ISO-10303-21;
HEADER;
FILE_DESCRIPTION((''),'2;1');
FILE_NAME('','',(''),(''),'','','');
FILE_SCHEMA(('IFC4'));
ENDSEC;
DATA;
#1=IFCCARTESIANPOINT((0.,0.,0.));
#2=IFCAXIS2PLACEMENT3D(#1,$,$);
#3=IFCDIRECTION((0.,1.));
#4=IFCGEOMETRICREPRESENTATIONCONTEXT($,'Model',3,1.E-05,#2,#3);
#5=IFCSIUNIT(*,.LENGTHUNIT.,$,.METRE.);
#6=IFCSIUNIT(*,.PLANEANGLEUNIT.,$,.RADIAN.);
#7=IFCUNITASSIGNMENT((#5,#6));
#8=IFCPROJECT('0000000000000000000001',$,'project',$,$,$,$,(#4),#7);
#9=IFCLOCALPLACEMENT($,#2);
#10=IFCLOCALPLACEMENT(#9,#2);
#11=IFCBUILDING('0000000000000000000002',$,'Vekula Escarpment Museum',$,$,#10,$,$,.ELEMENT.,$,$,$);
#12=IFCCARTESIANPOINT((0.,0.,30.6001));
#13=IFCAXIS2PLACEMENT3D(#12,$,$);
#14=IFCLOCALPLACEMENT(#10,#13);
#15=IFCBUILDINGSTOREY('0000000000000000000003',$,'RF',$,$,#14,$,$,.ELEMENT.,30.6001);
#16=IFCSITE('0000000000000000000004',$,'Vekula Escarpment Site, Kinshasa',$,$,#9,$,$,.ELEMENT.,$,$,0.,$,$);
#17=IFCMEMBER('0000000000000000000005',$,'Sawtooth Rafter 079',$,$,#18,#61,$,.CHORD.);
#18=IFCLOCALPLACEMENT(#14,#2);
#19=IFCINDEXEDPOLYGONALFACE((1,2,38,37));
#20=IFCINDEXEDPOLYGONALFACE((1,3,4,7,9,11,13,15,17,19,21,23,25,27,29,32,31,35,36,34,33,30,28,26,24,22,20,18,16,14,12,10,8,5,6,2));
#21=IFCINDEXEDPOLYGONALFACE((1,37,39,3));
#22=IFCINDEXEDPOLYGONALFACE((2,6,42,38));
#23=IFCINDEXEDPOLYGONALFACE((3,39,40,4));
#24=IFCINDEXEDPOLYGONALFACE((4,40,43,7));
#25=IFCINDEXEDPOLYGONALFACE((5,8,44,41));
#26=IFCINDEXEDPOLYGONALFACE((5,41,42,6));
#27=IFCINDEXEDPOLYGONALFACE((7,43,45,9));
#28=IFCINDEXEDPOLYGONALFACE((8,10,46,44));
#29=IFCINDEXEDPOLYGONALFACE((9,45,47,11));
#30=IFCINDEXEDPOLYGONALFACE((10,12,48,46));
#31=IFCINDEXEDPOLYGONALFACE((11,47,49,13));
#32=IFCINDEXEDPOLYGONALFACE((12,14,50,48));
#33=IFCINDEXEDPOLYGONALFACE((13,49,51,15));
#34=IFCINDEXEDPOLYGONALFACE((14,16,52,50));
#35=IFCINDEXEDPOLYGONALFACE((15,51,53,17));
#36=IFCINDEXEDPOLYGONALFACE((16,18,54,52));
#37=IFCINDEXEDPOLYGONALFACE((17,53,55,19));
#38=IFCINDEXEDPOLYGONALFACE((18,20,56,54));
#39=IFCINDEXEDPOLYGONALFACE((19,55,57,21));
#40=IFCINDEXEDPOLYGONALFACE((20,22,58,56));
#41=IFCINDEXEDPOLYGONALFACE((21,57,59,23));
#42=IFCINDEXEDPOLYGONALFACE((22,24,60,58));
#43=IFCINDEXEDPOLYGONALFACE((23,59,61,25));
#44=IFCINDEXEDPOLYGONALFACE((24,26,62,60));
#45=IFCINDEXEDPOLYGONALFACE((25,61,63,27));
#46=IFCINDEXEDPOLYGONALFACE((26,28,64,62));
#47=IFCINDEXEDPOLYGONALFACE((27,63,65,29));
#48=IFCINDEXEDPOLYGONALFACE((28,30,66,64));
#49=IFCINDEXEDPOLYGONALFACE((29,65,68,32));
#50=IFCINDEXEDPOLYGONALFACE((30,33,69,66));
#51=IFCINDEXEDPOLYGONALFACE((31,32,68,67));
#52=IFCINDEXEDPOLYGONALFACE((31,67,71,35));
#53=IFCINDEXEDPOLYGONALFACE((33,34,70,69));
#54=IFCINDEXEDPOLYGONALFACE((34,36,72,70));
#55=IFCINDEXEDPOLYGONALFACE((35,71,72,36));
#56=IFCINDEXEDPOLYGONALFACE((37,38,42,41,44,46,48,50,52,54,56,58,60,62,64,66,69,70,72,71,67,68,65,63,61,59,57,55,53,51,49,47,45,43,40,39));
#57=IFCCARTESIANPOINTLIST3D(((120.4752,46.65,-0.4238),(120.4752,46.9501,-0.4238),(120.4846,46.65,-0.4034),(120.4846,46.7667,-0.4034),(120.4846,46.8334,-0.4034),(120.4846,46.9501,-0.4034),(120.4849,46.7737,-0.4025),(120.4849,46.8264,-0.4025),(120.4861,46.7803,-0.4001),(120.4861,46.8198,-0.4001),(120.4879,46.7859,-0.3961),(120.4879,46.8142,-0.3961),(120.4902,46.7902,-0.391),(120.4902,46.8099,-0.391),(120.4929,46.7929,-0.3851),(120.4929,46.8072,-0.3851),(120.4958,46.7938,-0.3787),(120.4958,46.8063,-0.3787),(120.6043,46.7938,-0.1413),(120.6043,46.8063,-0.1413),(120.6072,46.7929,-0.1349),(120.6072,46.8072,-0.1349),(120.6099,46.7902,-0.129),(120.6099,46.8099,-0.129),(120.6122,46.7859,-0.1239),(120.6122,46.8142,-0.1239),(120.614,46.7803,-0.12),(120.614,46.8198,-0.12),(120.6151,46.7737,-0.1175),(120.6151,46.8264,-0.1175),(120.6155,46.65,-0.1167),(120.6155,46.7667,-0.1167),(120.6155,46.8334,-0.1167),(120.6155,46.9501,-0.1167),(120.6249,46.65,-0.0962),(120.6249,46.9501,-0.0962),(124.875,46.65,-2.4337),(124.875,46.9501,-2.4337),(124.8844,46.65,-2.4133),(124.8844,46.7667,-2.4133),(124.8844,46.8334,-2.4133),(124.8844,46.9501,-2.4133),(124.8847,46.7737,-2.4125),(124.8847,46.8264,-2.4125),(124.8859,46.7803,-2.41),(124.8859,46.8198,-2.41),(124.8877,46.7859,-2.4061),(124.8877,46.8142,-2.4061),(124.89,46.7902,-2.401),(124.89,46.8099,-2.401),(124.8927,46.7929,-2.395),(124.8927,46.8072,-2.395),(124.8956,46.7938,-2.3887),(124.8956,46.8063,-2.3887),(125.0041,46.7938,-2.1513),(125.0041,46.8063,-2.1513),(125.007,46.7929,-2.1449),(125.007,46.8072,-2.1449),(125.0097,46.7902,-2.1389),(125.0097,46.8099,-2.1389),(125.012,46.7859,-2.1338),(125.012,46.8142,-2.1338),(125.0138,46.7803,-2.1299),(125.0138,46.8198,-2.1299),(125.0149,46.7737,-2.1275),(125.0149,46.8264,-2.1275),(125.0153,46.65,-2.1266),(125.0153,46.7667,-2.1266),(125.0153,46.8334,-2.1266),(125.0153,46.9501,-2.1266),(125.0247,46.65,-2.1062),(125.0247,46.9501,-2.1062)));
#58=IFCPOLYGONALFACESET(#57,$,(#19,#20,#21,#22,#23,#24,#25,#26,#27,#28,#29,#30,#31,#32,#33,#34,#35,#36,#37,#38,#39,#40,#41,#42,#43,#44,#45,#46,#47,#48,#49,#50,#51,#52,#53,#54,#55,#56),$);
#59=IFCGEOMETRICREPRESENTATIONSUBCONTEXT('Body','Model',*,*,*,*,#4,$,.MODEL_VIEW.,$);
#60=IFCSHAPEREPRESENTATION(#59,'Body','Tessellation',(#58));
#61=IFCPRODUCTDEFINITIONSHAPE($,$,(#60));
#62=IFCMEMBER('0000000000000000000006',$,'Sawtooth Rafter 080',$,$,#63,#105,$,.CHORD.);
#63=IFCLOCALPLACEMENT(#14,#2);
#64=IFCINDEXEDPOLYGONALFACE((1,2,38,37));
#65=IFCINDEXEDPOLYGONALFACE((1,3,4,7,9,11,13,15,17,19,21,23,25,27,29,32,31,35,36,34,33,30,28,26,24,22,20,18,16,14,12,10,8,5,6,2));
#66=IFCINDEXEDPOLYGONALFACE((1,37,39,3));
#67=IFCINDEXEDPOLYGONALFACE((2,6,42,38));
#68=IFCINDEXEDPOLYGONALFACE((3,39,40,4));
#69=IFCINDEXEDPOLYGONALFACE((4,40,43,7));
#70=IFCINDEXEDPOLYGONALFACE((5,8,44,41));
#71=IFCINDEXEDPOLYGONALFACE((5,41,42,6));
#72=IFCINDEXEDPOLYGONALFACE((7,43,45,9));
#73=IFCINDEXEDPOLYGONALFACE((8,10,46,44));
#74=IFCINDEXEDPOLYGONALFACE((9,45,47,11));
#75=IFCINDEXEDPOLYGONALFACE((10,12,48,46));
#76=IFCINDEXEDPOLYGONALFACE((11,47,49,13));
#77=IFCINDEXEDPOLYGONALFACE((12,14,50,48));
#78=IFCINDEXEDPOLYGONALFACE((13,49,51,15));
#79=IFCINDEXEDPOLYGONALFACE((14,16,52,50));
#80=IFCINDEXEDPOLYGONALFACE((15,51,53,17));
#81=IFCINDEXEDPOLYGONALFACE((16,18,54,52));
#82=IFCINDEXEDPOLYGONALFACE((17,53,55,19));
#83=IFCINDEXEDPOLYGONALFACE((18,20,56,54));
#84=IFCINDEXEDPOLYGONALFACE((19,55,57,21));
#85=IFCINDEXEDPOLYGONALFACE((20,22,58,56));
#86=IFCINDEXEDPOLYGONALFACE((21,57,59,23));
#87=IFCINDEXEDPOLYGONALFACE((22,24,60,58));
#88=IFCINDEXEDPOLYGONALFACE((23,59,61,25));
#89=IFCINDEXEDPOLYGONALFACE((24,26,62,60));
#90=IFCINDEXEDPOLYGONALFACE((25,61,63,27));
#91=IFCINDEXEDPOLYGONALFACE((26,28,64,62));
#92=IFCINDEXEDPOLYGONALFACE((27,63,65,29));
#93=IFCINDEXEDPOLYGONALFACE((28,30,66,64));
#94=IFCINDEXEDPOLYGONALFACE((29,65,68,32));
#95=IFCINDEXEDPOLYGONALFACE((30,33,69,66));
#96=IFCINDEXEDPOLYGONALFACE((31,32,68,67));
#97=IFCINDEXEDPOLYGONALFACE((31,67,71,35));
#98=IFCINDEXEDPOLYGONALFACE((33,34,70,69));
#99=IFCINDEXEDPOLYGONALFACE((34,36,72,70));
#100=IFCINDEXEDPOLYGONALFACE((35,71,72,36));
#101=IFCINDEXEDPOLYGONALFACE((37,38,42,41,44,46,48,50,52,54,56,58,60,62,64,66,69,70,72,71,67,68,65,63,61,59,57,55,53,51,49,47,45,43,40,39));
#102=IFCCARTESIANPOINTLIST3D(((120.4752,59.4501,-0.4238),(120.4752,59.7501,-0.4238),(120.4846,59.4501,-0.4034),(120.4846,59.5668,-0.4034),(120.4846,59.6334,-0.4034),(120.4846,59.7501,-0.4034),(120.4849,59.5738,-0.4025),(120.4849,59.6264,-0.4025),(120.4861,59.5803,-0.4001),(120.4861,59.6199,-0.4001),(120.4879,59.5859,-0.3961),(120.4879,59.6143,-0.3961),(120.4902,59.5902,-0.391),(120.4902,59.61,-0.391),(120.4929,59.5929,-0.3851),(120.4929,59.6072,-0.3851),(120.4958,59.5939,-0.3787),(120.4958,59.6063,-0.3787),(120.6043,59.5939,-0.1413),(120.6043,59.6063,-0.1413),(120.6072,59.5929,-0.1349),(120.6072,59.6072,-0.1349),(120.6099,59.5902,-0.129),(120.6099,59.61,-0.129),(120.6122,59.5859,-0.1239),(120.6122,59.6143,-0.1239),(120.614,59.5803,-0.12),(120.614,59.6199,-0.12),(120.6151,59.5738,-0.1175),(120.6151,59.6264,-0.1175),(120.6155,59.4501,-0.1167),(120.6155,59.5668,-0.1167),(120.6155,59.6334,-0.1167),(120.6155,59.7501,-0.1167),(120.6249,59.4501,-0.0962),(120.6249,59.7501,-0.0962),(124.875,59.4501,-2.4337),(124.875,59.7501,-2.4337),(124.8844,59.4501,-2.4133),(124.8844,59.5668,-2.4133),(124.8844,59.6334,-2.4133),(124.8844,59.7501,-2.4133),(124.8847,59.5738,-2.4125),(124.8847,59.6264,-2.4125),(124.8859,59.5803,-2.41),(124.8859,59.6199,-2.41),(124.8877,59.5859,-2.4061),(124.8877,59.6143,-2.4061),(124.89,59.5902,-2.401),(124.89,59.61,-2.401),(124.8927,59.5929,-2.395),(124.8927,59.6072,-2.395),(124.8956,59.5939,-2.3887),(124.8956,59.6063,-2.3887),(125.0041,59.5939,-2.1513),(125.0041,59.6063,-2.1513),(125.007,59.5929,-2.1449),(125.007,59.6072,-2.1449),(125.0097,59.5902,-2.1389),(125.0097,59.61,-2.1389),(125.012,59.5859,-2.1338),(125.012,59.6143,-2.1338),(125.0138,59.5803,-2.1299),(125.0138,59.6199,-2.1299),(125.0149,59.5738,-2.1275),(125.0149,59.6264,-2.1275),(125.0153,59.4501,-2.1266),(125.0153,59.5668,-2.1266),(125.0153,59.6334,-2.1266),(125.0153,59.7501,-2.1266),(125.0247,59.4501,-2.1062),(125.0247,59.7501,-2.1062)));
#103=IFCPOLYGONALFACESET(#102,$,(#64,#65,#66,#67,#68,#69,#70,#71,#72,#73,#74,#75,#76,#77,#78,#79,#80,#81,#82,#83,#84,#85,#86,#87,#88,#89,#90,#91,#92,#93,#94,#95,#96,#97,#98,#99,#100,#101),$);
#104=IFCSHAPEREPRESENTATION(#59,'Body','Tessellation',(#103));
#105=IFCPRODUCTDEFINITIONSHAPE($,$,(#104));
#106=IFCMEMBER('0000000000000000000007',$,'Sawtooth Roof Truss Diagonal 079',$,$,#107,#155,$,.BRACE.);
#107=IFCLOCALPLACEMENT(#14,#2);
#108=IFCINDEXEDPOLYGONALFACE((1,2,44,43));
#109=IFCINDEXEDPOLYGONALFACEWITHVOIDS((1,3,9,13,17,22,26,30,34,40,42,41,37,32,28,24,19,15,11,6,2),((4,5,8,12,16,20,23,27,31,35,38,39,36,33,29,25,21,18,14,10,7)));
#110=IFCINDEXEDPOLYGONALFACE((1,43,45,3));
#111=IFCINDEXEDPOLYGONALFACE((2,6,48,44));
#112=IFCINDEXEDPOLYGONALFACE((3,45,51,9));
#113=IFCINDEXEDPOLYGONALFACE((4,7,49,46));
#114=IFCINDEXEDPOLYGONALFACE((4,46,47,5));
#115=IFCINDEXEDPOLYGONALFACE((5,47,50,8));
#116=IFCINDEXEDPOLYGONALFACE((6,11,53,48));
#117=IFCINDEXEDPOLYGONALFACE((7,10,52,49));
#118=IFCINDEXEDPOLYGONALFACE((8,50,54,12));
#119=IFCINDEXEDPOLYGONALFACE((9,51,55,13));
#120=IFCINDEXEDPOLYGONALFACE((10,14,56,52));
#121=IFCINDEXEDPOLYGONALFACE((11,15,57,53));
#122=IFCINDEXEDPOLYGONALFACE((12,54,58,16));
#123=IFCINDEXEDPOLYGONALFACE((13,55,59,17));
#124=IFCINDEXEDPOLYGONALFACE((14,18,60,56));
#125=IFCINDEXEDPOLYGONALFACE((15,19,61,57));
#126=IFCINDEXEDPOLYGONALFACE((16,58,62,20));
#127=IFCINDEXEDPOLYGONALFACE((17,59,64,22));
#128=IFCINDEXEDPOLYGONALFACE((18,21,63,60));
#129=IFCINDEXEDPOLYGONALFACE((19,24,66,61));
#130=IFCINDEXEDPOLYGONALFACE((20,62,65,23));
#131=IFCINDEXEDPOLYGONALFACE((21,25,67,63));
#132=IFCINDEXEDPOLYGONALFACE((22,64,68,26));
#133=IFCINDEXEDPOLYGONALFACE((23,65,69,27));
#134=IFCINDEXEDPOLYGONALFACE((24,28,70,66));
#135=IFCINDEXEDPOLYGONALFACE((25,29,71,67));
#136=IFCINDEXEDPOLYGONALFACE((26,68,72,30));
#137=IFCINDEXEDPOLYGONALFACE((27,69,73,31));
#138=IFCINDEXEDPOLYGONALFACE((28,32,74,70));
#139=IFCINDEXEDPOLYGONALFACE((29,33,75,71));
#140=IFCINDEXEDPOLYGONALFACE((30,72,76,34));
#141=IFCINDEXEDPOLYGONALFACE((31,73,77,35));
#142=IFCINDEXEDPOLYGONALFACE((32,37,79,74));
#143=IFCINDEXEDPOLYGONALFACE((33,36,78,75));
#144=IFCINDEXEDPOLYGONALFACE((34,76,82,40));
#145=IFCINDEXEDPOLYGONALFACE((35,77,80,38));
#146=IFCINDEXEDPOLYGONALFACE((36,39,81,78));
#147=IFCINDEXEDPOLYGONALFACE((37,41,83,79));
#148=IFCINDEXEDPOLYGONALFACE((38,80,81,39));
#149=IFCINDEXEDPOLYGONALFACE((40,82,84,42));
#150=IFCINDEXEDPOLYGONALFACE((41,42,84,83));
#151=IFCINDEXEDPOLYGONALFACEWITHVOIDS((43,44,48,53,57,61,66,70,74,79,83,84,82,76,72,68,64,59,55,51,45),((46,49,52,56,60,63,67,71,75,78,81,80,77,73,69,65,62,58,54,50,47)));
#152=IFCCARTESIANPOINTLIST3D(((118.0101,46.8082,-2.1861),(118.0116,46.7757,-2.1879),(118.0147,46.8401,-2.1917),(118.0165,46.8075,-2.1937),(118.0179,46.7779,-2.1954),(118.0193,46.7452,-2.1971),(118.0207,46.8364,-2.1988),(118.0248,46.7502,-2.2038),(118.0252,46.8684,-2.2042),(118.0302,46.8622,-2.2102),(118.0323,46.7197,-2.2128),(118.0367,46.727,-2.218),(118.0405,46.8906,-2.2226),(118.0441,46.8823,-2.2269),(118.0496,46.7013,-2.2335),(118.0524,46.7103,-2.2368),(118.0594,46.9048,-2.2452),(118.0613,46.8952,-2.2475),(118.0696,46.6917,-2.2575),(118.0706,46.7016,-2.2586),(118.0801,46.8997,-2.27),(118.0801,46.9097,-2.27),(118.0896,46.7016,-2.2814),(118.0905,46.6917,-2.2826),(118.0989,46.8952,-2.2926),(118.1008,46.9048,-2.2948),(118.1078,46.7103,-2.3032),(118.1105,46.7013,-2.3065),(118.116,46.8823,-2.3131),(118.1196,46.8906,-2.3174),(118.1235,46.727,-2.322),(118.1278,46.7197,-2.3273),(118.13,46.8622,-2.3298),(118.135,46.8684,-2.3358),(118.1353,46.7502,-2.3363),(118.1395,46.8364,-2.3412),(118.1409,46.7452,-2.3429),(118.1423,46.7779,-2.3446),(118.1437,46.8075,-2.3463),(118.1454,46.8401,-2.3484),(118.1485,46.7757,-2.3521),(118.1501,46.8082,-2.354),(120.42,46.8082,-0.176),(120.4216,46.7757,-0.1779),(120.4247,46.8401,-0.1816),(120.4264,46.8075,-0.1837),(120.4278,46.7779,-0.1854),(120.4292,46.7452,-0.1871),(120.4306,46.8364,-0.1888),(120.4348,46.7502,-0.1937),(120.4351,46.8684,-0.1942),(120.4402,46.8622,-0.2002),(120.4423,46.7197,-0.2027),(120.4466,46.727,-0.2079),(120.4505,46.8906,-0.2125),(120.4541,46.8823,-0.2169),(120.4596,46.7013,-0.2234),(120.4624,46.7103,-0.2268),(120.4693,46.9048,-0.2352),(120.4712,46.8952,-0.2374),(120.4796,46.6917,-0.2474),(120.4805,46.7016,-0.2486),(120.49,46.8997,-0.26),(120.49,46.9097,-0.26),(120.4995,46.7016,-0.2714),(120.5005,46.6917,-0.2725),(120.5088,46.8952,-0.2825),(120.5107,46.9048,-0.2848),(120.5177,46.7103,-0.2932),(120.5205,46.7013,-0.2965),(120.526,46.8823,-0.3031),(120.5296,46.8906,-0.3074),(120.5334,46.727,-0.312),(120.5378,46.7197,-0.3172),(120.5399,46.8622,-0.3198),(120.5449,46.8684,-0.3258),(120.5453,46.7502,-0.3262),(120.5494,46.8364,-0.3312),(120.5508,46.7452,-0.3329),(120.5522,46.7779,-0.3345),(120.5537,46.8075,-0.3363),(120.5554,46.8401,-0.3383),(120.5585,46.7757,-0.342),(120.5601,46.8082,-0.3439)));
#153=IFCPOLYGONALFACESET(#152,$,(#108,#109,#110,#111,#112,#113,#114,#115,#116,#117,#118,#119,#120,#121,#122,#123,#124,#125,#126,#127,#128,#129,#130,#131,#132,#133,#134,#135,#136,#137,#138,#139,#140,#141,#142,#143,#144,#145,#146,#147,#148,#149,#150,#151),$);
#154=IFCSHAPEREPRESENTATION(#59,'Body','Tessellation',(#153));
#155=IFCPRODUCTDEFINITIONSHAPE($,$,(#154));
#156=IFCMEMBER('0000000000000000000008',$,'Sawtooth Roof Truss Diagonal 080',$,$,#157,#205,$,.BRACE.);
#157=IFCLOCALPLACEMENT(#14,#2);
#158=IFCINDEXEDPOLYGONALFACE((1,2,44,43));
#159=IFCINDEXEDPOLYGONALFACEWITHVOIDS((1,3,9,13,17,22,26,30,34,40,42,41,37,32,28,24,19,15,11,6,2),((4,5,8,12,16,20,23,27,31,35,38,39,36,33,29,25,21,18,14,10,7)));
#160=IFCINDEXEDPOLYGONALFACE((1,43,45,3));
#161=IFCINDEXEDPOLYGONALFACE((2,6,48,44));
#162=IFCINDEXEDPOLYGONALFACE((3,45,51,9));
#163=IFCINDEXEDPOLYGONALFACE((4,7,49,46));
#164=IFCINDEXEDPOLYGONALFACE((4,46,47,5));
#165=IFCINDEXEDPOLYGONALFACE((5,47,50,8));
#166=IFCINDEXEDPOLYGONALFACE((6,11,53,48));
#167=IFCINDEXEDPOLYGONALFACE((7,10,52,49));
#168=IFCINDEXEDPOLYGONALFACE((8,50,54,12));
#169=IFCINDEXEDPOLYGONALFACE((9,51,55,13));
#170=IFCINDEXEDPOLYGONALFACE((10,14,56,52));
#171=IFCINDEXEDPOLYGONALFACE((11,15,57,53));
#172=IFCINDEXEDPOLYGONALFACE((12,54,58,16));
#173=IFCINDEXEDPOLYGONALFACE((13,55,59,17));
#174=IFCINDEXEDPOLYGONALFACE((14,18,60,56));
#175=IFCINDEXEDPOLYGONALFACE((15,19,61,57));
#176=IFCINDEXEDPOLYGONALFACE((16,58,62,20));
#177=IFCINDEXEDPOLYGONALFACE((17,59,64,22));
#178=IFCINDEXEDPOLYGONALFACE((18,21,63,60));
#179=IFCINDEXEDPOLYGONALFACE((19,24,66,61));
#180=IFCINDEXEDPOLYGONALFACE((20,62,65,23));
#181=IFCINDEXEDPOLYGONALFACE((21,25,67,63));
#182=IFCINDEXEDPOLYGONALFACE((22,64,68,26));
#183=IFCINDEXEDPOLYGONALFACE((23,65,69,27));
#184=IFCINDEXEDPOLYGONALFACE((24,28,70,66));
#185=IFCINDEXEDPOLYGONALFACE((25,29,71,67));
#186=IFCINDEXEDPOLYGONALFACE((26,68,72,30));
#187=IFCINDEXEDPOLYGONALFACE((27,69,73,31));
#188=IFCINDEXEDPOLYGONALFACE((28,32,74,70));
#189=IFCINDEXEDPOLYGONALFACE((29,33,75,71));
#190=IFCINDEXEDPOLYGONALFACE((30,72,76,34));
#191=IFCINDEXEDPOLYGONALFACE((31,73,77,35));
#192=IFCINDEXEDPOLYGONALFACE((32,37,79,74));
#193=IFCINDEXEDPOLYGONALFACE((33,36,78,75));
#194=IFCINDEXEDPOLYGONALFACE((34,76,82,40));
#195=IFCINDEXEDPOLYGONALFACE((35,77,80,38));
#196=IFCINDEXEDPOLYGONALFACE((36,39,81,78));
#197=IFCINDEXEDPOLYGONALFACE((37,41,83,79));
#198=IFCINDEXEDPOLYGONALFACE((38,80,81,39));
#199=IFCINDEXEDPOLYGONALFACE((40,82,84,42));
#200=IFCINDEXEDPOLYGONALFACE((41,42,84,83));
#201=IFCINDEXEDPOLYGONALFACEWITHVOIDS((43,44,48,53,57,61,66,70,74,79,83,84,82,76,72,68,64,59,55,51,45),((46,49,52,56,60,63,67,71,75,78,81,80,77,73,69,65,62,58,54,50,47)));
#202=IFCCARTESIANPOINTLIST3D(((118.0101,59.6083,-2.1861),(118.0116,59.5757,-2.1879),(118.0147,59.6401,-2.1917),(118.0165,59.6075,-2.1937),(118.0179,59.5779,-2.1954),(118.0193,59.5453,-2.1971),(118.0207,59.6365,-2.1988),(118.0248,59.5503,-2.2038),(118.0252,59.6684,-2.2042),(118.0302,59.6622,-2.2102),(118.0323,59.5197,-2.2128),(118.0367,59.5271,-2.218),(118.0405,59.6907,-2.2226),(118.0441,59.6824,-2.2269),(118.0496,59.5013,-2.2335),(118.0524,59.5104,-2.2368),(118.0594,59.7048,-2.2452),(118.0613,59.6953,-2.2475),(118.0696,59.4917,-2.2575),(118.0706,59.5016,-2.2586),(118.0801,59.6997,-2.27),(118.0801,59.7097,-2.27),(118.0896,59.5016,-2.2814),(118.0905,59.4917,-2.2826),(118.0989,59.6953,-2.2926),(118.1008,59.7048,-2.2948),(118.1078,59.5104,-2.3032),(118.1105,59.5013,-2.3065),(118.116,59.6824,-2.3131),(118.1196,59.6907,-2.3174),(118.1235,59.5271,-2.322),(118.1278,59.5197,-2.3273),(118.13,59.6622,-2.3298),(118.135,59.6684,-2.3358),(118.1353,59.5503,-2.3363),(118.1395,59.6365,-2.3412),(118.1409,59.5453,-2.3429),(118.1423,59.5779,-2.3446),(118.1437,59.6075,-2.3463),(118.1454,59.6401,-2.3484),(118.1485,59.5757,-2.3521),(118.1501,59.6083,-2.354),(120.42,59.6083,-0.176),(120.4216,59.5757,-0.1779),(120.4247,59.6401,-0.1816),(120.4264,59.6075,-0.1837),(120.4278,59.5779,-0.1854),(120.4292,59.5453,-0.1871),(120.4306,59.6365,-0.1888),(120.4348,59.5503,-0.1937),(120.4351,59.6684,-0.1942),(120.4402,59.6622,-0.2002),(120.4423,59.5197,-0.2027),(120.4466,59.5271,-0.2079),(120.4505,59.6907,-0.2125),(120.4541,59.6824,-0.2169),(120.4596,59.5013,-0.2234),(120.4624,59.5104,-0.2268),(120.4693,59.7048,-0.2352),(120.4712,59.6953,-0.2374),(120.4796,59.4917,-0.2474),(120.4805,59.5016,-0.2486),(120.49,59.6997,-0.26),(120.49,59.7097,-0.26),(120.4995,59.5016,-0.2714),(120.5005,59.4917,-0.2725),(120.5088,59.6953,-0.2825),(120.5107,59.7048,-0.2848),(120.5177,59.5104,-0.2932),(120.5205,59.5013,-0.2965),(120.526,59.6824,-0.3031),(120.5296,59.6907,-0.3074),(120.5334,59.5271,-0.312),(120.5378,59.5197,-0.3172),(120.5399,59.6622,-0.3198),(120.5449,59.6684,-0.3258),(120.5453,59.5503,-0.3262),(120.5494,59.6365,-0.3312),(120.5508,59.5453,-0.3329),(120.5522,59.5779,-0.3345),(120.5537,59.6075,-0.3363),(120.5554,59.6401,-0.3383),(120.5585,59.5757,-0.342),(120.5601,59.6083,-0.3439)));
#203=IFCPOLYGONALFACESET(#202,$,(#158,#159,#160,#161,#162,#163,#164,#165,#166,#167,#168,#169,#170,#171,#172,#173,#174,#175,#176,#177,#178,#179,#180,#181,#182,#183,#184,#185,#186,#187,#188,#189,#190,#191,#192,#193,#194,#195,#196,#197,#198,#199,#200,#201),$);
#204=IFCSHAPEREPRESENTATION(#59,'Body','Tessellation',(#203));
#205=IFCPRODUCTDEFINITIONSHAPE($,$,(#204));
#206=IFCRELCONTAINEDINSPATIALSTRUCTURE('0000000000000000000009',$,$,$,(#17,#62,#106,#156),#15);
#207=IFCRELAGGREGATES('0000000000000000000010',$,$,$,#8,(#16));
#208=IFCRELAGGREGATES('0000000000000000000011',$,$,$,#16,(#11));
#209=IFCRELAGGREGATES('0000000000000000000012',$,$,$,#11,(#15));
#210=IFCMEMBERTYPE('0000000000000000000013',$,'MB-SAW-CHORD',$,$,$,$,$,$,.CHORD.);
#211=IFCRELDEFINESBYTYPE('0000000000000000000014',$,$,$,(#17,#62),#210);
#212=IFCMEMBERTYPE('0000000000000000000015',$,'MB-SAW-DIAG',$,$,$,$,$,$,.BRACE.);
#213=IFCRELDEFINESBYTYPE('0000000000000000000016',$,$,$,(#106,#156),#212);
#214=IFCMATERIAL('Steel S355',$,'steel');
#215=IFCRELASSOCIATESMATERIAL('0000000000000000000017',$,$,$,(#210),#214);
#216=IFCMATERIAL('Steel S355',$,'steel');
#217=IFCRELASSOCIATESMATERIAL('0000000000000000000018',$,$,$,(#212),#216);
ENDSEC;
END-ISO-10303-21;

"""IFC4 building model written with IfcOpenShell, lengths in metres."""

from ifc_helpers import new_model, si_unit, direction, frame, origin, origin_2d, place, context, subcontext, project, spatial, hollow_circle, i_section, extrude, material, material_profile, profile_set, type_object, element, save


model = new_model("IFC4")

# Units and contexts
model_context = context("Model", 3, precision=1e-05, world=origin(), true_north=direction((0.0, 1.0)))
body_context = subcontext(model_context, "Body", "Model", "MODEL_VIEW")
ifc_project = project(units=[si_unit("LENGTHUNIT", "METRE"), si_unit("PLANEANGLEUNIT", "RADIAN")], contexts=[model_context])

# Site, building, storey
site_placement = place(None, origin())
site = spatial("IfcSite", under=ifc_project, at=site_placement, Name="Vekula Escarpment Site, Kinshasa", CompositionType="ELEMENT", RefElevation=0.0)
building_placement = place(site_placement, origin())
building = spatial("IfcBuilding", under=site, at=building_placement, Name="Vekula Escarpment Museum", CompositionType="ELEMENT")
storey_placement = place(building_placement, frame((0.0, 0.0, 30.6001)))
storey = spatial("IfcBuildingStorey", under=building, at=storey_placement, Name="RF", CompositionType="ELEMENT", Elevation=30.6001)

# Members
ifc_material_1 = material(Name="Steel S355", Category="steel")
ifc_material_profile_1 = material_profile(ifc_material_1, i_section(OverallWidth=0.3, OverallDepth=0.3601, WebThickness=0.0125, FlangeThickness=0.0225, FilletRadius=0.0271, at=origin_2d()), Name="HEB 360")
ifc_profile_set_1 = profile_set([ifc_material_profile_1], Name="Steel S355")
member_type_1 = type_object("IfcMemberType", Name="MB-SAW-CHORD", PredefinedType="CHORD", material=ifc_profile_set_1)
for number, where, z_axis, x_axis, name in (
    (1, (120.55, 46.8, -0.26), (0.909582, 0.0, -0.415525), (0.0, 1.0, 0.0), "Sawtooth Rafter 079"),
    (2, (120.55, 59.6001, -0.26), (0.909582, 0.0, -0.415525), (0.0, 1.0, 0.0), "Sawtooth Rafter 080"),
):
    element("IfcMember", number, at=place(storey_placement, frame(where, z_axis=z_axis, x_axis=x_axis)), inside=storey, type_object=member_type_1, Name=name, PredefinedType="CHORD", context=body_context, shape_type="SweptSolid", body=[
        extrude(i_section(OverallWidth=0.3, OverallDepth=0.3601, WebThickness=0.0125, FlangeThickness=0.0225, FilletRadius=0.0271, at=origin_2d()), origin(), (0.0, 0.0, 1.0), 4.8372),
    ])
ifc_material_2 = material(Name="Steel S355", Category="steel")
ifc_material_profile_2 = material_profile(ifc_material_2, hollow_circle(Radius=0.1096, WallThickness=0.01, at=origin_2d()), Name="CHS 219.1x10")
ifc_profile_set_2 = profile_set([ifc_material_profile_2], Name="Steel S355")
member_type_2 = type_object("IfcMemberType", Name="MB-SAW-DIAG", PredefinedType="BRACE", material=ifc_profile_set_2)
for number, where, z_axis, x_axis, name in (
    (3, (118.0801, 46.8, -2.27), (0.767947, 0.0, 0.640513), (0.0, 1.0, 0.0), "Sawtooth Roof Truss Diagonal 079"),
    (4, (118.0801, 59.6001, -2.27), (0.767947, 0.0, 0.640513), (0.0, 1.0, 0.0), "Sawtooth Roof Truss Diagonal 080"),
):
    element("IfcMember", number, at=place(storey_placement, frame(where, z_axis=z_axis, x_axis=x_axis)), inside=storey, type_object=member_type_2, Name=name, PredefinedType="BRACE", context=body_context, shape_type="SweptSolid", body=[
        extrude(hollow_circle(Radius=0.1096, WallThickness=0.01, at=origin_2d()), origin(), (0.0, 0.0, 1.0), 3.1382),
    ])

save(model, "model.ifc")
